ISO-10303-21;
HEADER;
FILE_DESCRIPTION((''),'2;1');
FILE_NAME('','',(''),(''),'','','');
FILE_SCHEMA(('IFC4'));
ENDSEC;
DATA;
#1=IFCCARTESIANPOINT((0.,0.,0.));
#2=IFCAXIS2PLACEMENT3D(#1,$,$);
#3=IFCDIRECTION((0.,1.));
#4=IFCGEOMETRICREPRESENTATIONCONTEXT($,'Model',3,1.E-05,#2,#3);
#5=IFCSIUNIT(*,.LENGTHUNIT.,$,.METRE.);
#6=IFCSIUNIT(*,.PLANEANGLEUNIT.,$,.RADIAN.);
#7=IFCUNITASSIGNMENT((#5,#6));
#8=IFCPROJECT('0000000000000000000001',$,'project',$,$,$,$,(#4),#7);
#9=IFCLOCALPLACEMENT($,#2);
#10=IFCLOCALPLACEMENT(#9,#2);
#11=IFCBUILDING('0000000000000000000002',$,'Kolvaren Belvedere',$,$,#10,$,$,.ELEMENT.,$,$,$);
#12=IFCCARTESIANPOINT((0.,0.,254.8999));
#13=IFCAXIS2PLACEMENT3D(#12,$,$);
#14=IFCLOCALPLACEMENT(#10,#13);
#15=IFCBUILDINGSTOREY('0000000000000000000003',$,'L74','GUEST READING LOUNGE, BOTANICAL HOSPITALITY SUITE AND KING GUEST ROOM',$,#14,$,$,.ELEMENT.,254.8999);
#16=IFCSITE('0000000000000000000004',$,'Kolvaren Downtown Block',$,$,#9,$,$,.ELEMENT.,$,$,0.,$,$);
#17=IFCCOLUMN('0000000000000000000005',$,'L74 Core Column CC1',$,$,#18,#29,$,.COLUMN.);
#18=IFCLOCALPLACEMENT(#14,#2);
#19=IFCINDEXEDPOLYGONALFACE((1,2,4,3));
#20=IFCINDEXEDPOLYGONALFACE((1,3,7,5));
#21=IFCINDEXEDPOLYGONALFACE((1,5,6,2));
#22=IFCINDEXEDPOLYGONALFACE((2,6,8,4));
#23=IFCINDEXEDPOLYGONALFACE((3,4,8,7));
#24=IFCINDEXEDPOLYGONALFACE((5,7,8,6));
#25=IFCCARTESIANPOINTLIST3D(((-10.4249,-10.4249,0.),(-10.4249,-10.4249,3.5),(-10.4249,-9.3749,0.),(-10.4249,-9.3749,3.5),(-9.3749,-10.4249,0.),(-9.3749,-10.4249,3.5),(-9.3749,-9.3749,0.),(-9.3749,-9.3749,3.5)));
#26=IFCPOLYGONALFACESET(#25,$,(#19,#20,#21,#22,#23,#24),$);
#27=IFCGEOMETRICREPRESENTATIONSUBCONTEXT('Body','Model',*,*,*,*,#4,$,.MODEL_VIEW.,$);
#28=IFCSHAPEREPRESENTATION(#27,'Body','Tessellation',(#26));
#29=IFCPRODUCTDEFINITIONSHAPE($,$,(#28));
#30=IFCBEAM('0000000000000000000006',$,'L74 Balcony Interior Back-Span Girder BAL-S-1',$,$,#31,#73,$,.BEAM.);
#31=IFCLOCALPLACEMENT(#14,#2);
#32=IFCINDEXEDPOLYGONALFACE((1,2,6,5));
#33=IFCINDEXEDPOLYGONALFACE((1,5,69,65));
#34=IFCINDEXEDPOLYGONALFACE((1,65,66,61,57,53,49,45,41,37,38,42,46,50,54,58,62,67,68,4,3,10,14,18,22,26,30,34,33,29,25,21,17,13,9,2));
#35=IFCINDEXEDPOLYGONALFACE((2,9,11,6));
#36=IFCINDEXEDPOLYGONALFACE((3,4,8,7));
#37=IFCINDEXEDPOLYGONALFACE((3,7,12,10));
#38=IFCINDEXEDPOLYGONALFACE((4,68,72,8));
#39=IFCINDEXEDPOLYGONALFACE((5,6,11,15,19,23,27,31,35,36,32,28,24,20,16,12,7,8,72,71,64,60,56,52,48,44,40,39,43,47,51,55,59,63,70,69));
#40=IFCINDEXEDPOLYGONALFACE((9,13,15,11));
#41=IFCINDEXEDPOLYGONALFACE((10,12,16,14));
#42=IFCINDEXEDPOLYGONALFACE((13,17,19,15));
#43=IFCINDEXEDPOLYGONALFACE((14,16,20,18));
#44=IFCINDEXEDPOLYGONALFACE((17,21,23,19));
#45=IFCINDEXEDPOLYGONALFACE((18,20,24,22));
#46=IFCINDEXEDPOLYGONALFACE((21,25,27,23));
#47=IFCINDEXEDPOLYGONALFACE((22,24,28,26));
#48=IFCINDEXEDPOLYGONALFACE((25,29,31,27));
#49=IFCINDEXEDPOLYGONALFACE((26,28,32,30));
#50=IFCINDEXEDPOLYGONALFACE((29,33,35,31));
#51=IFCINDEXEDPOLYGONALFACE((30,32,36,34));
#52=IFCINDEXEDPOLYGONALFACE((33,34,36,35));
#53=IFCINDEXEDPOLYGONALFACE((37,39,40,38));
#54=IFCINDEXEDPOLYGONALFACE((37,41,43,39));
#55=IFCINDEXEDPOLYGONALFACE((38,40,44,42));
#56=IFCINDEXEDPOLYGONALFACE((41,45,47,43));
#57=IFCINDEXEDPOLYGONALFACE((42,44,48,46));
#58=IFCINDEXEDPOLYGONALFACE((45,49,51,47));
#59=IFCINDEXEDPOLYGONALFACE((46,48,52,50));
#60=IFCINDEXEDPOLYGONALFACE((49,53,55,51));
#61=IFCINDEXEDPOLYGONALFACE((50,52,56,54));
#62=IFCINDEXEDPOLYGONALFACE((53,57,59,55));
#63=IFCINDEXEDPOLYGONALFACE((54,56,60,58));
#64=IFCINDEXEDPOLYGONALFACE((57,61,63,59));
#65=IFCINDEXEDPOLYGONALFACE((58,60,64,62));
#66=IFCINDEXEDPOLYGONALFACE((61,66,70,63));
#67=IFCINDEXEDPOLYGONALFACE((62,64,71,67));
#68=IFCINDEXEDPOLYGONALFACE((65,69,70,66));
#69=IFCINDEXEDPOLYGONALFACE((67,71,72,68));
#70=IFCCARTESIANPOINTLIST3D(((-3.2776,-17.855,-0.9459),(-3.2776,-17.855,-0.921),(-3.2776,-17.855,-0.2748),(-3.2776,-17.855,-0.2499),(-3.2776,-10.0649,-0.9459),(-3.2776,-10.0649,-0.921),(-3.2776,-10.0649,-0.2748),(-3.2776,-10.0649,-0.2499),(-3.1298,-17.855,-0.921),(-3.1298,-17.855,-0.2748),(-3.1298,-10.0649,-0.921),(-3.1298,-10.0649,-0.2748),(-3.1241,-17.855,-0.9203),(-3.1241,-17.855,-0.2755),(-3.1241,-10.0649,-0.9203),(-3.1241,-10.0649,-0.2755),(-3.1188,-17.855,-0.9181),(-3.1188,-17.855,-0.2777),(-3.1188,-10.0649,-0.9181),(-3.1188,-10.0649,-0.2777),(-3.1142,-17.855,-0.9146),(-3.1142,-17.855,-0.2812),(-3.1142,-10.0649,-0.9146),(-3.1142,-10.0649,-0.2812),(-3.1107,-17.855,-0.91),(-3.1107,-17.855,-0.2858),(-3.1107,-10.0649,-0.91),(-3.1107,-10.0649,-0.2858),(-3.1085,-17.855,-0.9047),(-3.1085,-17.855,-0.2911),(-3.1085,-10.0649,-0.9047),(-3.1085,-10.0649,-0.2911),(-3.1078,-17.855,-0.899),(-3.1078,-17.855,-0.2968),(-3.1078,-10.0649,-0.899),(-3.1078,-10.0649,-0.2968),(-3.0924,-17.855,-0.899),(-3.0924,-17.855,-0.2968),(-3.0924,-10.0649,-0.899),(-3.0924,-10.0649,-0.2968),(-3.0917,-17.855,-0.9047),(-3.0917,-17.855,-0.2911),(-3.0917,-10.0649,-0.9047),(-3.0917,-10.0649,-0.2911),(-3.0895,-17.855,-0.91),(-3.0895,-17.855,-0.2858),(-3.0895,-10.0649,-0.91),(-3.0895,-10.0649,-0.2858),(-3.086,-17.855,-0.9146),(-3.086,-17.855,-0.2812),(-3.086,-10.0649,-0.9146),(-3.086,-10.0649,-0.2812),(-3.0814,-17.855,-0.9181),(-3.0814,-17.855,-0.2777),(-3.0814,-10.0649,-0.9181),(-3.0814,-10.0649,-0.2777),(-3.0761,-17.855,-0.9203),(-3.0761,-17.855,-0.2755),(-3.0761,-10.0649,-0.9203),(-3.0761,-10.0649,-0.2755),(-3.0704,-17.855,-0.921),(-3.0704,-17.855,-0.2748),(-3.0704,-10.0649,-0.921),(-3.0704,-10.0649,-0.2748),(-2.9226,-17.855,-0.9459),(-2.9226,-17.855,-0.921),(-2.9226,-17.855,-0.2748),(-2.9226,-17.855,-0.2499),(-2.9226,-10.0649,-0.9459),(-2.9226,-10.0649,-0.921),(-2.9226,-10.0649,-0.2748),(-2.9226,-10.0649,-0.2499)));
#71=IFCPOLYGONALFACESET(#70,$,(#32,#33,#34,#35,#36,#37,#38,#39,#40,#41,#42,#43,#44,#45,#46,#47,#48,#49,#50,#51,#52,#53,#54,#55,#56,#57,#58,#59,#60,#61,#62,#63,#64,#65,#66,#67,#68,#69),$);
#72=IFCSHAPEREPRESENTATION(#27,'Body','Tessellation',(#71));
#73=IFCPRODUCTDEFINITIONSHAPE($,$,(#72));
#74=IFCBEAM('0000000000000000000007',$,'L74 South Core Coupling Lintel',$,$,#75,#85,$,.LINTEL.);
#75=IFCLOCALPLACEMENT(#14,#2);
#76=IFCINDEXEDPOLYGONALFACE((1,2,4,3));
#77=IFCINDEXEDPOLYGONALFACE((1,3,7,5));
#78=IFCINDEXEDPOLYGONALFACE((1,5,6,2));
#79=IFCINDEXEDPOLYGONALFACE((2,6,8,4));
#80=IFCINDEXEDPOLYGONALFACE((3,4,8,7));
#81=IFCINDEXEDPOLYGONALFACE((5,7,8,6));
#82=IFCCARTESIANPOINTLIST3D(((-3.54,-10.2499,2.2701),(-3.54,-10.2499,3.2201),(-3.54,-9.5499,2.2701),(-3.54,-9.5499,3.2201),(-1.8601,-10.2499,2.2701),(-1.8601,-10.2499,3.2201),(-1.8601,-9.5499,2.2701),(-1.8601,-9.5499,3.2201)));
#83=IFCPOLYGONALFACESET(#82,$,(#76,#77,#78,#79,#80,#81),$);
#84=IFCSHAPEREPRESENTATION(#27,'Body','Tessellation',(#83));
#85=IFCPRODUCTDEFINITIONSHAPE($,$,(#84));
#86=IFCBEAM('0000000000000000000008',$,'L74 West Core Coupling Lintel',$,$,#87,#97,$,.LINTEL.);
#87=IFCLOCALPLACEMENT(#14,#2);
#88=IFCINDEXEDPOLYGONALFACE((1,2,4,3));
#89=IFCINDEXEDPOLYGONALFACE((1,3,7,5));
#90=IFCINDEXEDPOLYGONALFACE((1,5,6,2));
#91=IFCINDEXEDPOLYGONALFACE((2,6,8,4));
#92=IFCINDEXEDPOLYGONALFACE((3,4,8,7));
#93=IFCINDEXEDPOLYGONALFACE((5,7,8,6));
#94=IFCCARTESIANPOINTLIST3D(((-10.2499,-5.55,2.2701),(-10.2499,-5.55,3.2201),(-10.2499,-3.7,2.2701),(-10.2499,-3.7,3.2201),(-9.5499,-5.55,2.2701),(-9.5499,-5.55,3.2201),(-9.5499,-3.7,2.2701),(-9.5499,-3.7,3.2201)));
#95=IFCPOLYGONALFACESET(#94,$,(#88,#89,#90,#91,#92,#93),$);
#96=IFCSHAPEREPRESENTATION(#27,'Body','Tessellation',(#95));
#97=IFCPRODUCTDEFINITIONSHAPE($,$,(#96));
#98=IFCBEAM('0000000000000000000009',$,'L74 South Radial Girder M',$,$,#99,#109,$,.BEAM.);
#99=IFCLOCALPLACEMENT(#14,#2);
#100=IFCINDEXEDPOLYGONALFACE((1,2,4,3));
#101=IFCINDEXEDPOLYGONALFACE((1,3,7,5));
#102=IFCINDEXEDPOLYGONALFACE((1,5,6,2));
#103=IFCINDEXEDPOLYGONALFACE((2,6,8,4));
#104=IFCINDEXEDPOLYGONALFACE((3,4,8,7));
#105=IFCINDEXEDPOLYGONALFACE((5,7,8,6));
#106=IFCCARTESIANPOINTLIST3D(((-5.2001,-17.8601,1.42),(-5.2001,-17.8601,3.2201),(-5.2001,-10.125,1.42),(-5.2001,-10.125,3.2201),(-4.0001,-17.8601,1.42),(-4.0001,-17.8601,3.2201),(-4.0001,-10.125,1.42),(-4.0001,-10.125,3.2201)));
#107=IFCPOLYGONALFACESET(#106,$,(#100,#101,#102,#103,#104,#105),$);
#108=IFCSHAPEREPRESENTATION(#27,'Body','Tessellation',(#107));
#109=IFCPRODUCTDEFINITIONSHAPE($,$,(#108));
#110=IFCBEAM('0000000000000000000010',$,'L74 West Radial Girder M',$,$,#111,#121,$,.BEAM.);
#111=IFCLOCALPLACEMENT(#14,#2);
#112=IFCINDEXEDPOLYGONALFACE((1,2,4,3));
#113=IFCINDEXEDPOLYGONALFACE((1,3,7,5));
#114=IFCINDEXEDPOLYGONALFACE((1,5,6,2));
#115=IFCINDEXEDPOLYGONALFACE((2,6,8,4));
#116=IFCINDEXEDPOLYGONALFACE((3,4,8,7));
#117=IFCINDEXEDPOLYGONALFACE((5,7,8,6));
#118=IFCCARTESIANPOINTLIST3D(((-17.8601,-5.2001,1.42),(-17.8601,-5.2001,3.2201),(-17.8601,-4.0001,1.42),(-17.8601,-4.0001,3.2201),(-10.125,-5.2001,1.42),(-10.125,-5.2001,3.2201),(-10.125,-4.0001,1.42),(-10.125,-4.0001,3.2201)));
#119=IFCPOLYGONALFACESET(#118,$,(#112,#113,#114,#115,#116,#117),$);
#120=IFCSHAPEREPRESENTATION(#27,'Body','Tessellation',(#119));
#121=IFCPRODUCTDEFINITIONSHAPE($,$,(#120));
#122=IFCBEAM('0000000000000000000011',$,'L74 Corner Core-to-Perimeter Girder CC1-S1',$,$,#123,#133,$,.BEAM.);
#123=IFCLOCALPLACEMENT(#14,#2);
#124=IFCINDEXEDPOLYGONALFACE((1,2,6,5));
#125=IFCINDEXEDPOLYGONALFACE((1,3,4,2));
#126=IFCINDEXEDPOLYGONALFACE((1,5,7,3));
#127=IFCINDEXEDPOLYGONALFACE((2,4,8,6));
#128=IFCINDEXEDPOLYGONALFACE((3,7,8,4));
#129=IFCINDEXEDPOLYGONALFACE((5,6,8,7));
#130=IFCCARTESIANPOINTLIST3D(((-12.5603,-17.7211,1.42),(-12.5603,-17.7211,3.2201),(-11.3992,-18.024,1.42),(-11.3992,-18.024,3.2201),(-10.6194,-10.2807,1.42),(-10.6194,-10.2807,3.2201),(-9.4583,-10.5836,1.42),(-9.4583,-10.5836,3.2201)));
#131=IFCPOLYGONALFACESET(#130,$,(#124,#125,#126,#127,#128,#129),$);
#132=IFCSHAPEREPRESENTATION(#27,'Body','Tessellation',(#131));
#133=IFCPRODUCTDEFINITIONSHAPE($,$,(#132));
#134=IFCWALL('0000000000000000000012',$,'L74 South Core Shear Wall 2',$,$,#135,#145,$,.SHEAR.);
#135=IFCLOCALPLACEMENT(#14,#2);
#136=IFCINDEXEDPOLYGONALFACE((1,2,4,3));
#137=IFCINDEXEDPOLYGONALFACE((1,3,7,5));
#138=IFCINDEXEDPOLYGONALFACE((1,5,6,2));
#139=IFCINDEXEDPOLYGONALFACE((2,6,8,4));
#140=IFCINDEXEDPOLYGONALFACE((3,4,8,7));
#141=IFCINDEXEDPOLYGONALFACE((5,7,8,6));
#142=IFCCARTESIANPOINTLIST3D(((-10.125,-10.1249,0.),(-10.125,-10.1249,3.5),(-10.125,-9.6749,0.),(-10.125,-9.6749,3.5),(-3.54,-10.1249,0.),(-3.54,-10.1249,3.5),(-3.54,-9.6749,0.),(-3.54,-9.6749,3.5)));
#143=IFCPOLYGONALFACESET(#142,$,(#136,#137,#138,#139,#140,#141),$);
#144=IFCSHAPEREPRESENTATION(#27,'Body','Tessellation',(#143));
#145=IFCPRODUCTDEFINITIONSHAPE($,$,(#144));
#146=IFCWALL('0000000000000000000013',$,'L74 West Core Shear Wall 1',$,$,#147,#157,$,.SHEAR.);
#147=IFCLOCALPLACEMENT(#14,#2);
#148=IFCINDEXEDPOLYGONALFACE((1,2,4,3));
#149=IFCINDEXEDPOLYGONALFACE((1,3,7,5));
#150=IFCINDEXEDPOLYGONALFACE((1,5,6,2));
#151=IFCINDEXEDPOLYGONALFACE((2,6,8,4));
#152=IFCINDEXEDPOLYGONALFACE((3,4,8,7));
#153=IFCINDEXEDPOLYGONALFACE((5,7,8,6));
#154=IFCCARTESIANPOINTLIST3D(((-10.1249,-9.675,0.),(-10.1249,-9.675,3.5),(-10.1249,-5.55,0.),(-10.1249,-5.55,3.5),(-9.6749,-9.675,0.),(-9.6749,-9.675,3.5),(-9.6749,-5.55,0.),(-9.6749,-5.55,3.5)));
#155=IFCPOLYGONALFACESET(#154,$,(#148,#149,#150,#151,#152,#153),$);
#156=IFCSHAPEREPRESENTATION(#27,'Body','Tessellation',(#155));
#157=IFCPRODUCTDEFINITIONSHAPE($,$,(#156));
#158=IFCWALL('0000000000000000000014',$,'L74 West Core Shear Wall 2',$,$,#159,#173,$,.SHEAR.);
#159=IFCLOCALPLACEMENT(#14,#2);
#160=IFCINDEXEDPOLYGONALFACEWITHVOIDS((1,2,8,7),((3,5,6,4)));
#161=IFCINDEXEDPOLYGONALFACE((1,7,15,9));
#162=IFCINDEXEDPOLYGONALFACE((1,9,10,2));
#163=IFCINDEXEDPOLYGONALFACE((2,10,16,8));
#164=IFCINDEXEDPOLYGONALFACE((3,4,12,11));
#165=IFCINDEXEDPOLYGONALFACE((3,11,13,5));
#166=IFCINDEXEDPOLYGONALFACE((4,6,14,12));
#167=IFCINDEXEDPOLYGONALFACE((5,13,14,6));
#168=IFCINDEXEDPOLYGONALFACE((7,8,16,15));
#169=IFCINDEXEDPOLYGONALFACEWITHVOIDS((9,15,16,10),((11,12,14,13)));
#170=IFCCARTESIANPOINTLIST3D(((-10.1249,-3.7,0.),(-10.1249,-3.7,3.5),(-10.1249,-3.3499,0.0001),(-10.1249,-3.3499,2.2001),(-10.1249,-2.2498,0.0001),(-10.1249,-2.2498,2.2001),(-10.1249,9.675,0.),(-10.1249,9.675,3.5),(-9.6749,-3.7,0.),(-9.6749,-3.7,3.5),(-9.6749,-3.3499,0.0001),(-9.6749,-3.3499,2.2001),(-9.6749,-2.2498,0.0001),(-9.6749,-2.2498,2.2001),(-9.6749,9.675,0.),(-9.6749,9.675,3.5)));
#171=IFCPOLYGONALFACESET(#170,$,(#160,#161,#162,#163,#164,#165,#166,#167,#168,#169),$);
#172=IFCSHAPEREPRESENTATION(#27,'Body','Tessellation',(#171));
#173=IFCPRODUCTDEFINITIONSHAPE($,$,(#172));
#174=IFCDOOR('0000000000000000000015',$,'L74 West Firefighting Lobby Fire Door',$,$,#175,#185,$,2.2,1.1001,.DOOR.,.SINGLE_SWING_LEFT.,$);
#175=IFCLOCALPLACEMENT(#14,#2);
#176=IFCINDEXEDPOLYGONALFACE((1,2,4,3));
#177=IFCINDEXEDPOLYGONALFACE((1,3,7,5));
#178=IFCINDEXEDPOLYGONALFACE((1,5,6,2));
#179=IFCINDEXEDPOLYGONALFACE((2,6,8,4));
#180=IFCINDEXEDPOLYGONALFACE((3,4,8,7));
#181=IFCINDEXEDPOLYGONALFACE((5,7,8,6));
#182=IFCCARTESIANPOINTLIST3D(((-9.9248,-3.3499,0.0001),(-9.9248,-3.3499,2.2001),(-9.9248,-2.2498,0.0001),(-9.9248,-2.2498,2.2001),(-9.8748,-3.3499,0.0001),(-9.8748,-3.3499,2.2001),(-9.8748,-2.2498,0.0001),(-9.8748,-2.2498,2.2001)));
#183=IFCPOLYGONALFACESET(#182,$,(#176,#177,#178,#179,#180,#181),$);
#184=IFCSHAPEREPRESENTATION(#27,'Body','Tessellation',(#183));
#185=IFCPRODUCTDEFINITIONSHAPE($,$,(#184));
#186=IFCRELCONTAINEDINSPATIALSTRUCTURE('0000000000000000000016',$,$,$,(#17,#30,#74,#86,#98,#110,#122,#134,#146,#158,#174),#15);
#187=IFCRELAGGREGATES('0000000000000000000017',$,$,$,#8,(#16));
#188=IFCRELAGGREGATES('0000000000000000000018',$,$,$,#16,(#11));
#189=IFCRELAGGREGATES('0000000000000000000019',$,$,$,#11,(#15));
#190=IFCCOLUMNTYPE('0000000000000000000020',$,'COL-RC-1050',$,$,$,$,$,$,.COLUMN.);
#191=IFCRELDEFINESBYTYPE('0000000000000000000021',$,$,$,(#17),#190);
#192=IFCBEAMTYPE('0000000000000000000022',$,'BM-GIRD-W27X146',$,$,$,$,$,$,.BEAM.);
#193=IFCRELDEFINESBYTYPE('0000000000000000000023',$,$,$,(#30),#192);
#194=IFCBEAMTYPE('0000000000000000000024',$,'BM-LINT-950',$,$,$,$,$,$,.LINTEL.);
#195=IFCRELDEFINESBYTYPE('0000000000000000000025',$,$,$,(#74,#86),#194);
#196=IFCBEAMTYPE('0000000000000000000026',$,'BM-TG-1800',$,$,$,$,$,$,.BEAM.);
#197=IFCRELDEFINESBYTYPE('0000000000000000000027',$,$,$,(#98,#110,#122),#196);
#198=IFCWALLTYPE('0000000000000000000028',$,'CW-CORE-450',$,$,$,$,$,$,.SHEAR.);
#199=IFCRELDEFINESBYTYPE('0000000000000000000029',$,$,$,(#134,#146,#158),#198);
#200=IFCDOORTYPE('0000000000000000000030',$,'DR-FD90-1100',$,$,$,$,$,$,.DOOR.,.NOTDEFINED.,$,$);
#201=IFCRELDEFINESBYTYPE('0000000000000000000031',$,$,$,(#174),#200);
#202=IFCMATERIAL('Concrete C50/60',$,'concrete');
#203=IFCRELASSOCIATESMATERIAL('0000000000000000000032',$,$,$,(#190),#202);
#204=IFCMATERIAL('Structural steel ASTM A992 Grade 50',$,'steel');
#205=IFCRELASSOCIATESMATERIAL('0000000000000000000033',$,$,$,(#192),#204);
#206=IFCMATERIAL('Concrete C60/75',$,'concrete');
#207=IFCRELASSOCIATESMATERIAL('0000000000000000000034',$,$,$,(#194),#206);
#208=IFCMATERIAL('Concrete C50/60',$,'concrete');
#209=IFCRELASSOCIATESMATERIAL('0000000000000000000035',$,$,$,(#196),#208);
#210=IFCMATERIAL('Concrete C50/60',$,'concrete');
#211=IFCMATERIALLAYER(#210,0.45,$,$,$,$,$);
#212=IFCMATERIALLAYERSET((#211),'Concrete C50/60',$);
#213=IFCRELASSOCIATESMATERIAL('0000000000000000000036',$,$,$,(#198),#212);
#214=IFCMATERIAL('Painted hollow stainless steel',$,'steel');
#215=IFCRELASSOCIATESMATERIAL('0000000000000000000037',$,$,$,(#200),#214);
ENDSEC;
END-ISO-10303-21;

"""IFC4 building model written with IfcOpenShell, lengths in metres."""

from ifc_helpers import new_model, si_unit, direction, frame, frame_2d, origin, origin_2d, place, context, subcontext, project, spatial, rectangle, i_section, extrude, material, layer, layer_set, material_profile, profile_set, type_object, element, fill, save


model = new_model("IFC4")

# Units and contexts
model_context = context("Model", 3, precision=1e-05, world=origin(), true_north=direction((0.0, 1.0)))
body_context = subcontext(model_context, "Body", "Model", "MODEL_VIEW")
ifc_project = project(units=[si_unit("LENGTHUNIT", "METRE"), si_unit("PLANEANGLEUNIT", "RADIAN")], contexts=[model_context])

# Site, building, storey
site_placement = place(None, origin())
site = spatial("IfcSite", under=ifc_project, at=site_placement, Name="Kolvaren Downtown Block", CompositionType="ELEMENT", RefElevation=0.0)
building_placement = place(site_placement, origin())
building = spatial("IfcBuilding", under=site, at=building_placement, Name="Kolvaren Belvedere", CompositionType="ELEMENT")
storey_placement = place(building_placement, frame((0.0, 0.0, 254.8999)))
storey = spatial("IfcBuildingStorey", under=building, at=storey_placement, Name="L74", Description="GUEST READING LOUNGE, BOTANICAL HOSPITALITY SUITE AND KING GUEST ROOM", CompositionType="ELEMENT", Elevation=254.8999)

# Column
ifc_material_1 = material(Name="Concrete C50/60", Category="concrete")
ifc_material_profile_1 = material_profile(ifc_material_1, rectangle(XDim=1.05, YDim=1.05, at=origin_2d()), Name="RC 1050X1050")
ifc_profile_set_1 = profile_set([ifc_material_profile_1], Name="Concrete C50/60")
column_type = type_object("IfcColumnType", Name="COL-RC-1050", PredefinedType="COLUMN", material=ifc_profile_set_1)
column_placement = place(storey_placement, frame((-9.8999, -9.8999, 0.0), z_axis=(0.0, 0.0, 1.0), x_axis=(1.0, 0.0, 0.0)))
element("IfcColumn", 1, at=column_placement, inside=storey, type_object=column_type, Name="L74 Core Column CC1", PredefinedType="COLUMN", context=body_context, shape_type="SweptSolid", body=[
    extrude(rectangle(XDim=1.05, YDim=1.05, at=origin_2d()), origin(), (0.0, 0.0, 1.0), 3.5),
])

# Beams
ifc_material_2 = material(Name="Structural steel ASTM A992 Grade 50", Category="steel")
ifc_material_profile_2 = material_profile(ifc_material_2, i_section(OverallWidth=0.355, OverallDepth=0.696, WebThickness=0.0154, FlangeThickness=0.0249, FilletRadius=0.022, at=origin_2d()), Name="W27X146")
ifc_profile_set_2 = profile_set([ifc_material_profile_2], Name="Structural steel ASTM A992 Grade 50")
beam_type_1 = type_object("IfcBeamType", Name="BM-GIRD-W27X146", PredefinedType="BEAM", material=ifc_profile_set_2)
beam_1_placement = place(storey_placement, frame((-3.1001, -10.0649, -0.5979), z_axis=(0.0, -1.0, 0.0), x_axis=(1.0, 0.0, 0.0)))
element("IfcBeam", 2, at=beam_1_placement, inside=storey, type_object=beam_type_1, Name="L74 Balcony Interior Back-Span Girder BAL-S-1", PredefinedType="BEAM", context=body_context, shape_type="SweptSolid", body=[
    extrude(i_section(OverallWidth=0.355, OverallDepth=0.696, WebThickness=0.0154, FlangeThickness=0.0249, FilletRadius=0.022, at=origin_2d()), origin(), (0.0, 0.0, 1.0), 7.79),
])
ifc_material_3 = material(Name="Concrete C60/75", Category="concrete")
ifc_material_profile_3 = material_profile(ifc_material_3, rectangle(XDim=0.7, YDim=0.95, at=origin_2d()), Name="RC 700X950")
ifc_profile_set_3 = profile_set([ifc_material_profile_3], Name="Concrete C60/75")
beam_type_2 = type_object("IfcBeamType", Name="BM-LINT-950", PredefinedType="LINTEL", material=ifc_profile_set_3)
beam_2_placement = place(storey_placement, frame((-3.54, -9.8999, 2.7451), z_axis=(1.0, 0.0, 0.0), x_axis=(0.0, 1.0, 0.0)))
element("IfcBeam", 3, at=beam_2_placement, inside=storey, type_object=beam_type_2, Name="L74 South Core Coupling Lintel", PredefinedType="LINTEL", context=body_context, shape_type="SweptSolid", body=[
    extrude(rectangle(XDim=0.7, YDim=0.95, at=origin_2d()), origin(), (0.0, 0.0, 1.0), 1.6799),
])
beam_3_placement = place(storey_placement, frame((-9.8999, -5.55, 2.7451), z_axis=(0.0, 1.0, 0.0), x_axis=(-1.0, 0.0, 0.0)))
element("IfcBeam", 4, at=beam_3_placement, inside=storey, type_object=beam_type_2, Name="L74 West Core Coupling Lintel", PredefinedType="LINTEL", context=body_context, shape_type="SweptSolid", body=[
    extrude(rectangle(XDim=0.7, YDim=0.95, at=origin_2d()), origin(), (0.0, 0.0, 1.0), 1.8501),
])
ifc_material_4 = material(Name="Concrete C50/60", Category="concrete")
ifc_material_profile_4 = material_profile(ifc_material_4, rectangle(XDim=1.2, YDim=1.8, at=origin_2d()), Name="RC 1200X1800")
ifc_profile_set_4 = profile_set([ifc_material_profile_4], Name="Concrete C50/60")
beam_type_3 = type_object("IfcBeamType", Name="BM-TG-1800", PredefinedType="BEAM", material=ifc_profile_set_4)
for number, where, z_axis, x_axis, name in (
    (5, (-4.6001, -10.125, 2.3201), (0.0, -1.0, 0.0), (1.0, 0.0, 0.0), "L74 South Radial Girder M"),
    (6, (-10.125, -4.6001, 2.3201), (-1.0, 0.0, 0.0), (0.0, -1.0, 0.0), "L74 West Radial Girder M"),
):
    element("IfcBeam", number, at=place(storey_placement, frame(where, z_axis=z_axis, x_axis=x_axis)), inside=storey, type_object=beam_type_3, Name=name, PredefinedType="BEAM", context=body_context, shape_type="SweptSolid", body=[
        extrude(rectangle(XDim=1.2, YDim=1.8, at=origin_2d()), origin(), (0.0, 0.0, 1.0), 7.7351),
    ])
beam_4_placement = place(storey_placement, frame((-10.0388, -10.4321, 2.3201), z_axis=(-0.252414, -0.967619, 0.0), x_axis=(0.967619, -0.252414, 0.0)))
element("IfcBeam", 7, at=beam_4_placement, inside=storey, type_object=beam_type_3, Name="L74 Corner Core-to-Perimeter Girder CC1-S1", PredefinedType="BEAM", context=body_context, shape_type="SweptSolid", body=[
    extrude(rectangle(XDim=1.2, YDim=1.8, at=origin_2d()), origin(), (0.0, 0.0, 1.0), 7.6895),
])

# Walls
ifc_material_5 = material(Name="Concrete C50/60", Category="concrete")
ifc_layer_1 = layer(ifc_material_5, 0.45)
ifc_layer_set_1 = layer_set([ifc_layer_1], Name="Concrete C50/60")
wall_type_1 = type_object("IfcWallType", Name="CW-CORE-450", PredefinedType="SHEAR", material=ifc_layer_set_1)
wall_1_placement = place(storey_placement, frame((-3.54, -9.8999, 0.0), z_axis=(0.0, 0.0, 1.0), x_axis=(-1.0, 0.0, 0.0)))
element("IfcWall", 8, at=wall_1_placement, inside=storey, type_object=wall_type_1, Name="L74 South Core Shear Wall 2", PredefinedType="SHEAR", context=body_context, shape_type="SweptSolid", body=[
    extrude(rectangle(XDim=6.585, YDim=0.45, at=frame_2d((3.2925, 0.0))), origin(), (0.0, 0.0, 1.0), 3.5),
])
wall_2_placement = place(storey_placement, frame((-9.8999, -9.675, 0.0), z_axis=(0.0, 0.0, 1.0), x_axis=(0.0, 1.0, 0.0)))
element("IfcWall", 9, at=wall_2_placement, inside=storey, type_object=wall_type_1, Name="L74 West Core Shear Wall 1", PredefinedType="SHEAR", context=body_context, shape_type="SweptSolid", body=[
    extrude(rectangle(XDim=4.125, YDim=0.45, at=frame_2d((2.0625, 0.0))), origin(), (0.0, 0.0, 1.0), 3.5),
])

# Wall, opening, door
wall_3_placement = place(storey_placement, frame((-9.8999, -3.7, 0.0), z_axis=(0.0, 0.0, 1.0), x_axis=(0.0, 1.0, 0.0)))
wall_3 = element("IfcWall", 10, at=wall_3_placement, inside=storey, type_object=wall_type_1, Name="L74 West Core Shear Wall 2", PredefinedType="SHEAR", context=body_context, shape_type="SweptSolid", body=[
    extrude(rectangle(XDim=13.375, YDim=0.45, at=frame_2d((6.6875, 0.0))), origin(), (0.0, 0.0, 1.0), 3.5),
])
opening_1_placement = place(wall_3_placement, frame((0.3501, 0.0, 0.0)))
opening_1 = element("IfcOpeningElement", 11, at=opening_1_placement, cuts=wall_3, PredefinedType="OPENING", context=body_context, shape_type="SweptSolid", body=[
    extrude(rectangle(XDim=1.1001, YDim=2.2, at=frame_2d((0.55, 1.1001))), frame((0.0, 0.2349, 0.0), z_axis=(0.0, -1.0, 0.0), x_axis=(1.0, 0.0, 0.0)), (0.0, 0.0, 1.0), 0.47),
])
ifc_material_6 = material(Name="Painted hollow stainless steel", Category="steel")
door_type_1 = type_object("IfcDoorType", Name="DR-FD90-1100", OperationType="NOTDEFINED", PredefinedType="DOOR", material=ifc_material_6)
door_1_placement = place(opening_1_placement, origin())
door_1 = element("IfcDoor", 12, at=door_1_placement, inside=storey, type_object=door_type_1, Name="L74 West Firefighting Lobby Fire Door", OperationType="SINGLE_SWING_LEFT", OverallHeight=2.2, OverallWidth=1.1001, PredefinedType="DOOR", context=body_context, shape_type="SweptSolid", body=[
    extrude(rectangle(XDim=1.1001, YDim=2.2, at=frame_2d((0.55, 1.1001))), frame((0.0, 0.0249, 0.0), z_axis=(0.0, -1.0, 0.0), x_axis=(1.0, 0.0, 0.0)), (0.0, 0.0, 1.0), 0.05),
])
fill(opening_1, door_1)

save(model, "model.ifc")
